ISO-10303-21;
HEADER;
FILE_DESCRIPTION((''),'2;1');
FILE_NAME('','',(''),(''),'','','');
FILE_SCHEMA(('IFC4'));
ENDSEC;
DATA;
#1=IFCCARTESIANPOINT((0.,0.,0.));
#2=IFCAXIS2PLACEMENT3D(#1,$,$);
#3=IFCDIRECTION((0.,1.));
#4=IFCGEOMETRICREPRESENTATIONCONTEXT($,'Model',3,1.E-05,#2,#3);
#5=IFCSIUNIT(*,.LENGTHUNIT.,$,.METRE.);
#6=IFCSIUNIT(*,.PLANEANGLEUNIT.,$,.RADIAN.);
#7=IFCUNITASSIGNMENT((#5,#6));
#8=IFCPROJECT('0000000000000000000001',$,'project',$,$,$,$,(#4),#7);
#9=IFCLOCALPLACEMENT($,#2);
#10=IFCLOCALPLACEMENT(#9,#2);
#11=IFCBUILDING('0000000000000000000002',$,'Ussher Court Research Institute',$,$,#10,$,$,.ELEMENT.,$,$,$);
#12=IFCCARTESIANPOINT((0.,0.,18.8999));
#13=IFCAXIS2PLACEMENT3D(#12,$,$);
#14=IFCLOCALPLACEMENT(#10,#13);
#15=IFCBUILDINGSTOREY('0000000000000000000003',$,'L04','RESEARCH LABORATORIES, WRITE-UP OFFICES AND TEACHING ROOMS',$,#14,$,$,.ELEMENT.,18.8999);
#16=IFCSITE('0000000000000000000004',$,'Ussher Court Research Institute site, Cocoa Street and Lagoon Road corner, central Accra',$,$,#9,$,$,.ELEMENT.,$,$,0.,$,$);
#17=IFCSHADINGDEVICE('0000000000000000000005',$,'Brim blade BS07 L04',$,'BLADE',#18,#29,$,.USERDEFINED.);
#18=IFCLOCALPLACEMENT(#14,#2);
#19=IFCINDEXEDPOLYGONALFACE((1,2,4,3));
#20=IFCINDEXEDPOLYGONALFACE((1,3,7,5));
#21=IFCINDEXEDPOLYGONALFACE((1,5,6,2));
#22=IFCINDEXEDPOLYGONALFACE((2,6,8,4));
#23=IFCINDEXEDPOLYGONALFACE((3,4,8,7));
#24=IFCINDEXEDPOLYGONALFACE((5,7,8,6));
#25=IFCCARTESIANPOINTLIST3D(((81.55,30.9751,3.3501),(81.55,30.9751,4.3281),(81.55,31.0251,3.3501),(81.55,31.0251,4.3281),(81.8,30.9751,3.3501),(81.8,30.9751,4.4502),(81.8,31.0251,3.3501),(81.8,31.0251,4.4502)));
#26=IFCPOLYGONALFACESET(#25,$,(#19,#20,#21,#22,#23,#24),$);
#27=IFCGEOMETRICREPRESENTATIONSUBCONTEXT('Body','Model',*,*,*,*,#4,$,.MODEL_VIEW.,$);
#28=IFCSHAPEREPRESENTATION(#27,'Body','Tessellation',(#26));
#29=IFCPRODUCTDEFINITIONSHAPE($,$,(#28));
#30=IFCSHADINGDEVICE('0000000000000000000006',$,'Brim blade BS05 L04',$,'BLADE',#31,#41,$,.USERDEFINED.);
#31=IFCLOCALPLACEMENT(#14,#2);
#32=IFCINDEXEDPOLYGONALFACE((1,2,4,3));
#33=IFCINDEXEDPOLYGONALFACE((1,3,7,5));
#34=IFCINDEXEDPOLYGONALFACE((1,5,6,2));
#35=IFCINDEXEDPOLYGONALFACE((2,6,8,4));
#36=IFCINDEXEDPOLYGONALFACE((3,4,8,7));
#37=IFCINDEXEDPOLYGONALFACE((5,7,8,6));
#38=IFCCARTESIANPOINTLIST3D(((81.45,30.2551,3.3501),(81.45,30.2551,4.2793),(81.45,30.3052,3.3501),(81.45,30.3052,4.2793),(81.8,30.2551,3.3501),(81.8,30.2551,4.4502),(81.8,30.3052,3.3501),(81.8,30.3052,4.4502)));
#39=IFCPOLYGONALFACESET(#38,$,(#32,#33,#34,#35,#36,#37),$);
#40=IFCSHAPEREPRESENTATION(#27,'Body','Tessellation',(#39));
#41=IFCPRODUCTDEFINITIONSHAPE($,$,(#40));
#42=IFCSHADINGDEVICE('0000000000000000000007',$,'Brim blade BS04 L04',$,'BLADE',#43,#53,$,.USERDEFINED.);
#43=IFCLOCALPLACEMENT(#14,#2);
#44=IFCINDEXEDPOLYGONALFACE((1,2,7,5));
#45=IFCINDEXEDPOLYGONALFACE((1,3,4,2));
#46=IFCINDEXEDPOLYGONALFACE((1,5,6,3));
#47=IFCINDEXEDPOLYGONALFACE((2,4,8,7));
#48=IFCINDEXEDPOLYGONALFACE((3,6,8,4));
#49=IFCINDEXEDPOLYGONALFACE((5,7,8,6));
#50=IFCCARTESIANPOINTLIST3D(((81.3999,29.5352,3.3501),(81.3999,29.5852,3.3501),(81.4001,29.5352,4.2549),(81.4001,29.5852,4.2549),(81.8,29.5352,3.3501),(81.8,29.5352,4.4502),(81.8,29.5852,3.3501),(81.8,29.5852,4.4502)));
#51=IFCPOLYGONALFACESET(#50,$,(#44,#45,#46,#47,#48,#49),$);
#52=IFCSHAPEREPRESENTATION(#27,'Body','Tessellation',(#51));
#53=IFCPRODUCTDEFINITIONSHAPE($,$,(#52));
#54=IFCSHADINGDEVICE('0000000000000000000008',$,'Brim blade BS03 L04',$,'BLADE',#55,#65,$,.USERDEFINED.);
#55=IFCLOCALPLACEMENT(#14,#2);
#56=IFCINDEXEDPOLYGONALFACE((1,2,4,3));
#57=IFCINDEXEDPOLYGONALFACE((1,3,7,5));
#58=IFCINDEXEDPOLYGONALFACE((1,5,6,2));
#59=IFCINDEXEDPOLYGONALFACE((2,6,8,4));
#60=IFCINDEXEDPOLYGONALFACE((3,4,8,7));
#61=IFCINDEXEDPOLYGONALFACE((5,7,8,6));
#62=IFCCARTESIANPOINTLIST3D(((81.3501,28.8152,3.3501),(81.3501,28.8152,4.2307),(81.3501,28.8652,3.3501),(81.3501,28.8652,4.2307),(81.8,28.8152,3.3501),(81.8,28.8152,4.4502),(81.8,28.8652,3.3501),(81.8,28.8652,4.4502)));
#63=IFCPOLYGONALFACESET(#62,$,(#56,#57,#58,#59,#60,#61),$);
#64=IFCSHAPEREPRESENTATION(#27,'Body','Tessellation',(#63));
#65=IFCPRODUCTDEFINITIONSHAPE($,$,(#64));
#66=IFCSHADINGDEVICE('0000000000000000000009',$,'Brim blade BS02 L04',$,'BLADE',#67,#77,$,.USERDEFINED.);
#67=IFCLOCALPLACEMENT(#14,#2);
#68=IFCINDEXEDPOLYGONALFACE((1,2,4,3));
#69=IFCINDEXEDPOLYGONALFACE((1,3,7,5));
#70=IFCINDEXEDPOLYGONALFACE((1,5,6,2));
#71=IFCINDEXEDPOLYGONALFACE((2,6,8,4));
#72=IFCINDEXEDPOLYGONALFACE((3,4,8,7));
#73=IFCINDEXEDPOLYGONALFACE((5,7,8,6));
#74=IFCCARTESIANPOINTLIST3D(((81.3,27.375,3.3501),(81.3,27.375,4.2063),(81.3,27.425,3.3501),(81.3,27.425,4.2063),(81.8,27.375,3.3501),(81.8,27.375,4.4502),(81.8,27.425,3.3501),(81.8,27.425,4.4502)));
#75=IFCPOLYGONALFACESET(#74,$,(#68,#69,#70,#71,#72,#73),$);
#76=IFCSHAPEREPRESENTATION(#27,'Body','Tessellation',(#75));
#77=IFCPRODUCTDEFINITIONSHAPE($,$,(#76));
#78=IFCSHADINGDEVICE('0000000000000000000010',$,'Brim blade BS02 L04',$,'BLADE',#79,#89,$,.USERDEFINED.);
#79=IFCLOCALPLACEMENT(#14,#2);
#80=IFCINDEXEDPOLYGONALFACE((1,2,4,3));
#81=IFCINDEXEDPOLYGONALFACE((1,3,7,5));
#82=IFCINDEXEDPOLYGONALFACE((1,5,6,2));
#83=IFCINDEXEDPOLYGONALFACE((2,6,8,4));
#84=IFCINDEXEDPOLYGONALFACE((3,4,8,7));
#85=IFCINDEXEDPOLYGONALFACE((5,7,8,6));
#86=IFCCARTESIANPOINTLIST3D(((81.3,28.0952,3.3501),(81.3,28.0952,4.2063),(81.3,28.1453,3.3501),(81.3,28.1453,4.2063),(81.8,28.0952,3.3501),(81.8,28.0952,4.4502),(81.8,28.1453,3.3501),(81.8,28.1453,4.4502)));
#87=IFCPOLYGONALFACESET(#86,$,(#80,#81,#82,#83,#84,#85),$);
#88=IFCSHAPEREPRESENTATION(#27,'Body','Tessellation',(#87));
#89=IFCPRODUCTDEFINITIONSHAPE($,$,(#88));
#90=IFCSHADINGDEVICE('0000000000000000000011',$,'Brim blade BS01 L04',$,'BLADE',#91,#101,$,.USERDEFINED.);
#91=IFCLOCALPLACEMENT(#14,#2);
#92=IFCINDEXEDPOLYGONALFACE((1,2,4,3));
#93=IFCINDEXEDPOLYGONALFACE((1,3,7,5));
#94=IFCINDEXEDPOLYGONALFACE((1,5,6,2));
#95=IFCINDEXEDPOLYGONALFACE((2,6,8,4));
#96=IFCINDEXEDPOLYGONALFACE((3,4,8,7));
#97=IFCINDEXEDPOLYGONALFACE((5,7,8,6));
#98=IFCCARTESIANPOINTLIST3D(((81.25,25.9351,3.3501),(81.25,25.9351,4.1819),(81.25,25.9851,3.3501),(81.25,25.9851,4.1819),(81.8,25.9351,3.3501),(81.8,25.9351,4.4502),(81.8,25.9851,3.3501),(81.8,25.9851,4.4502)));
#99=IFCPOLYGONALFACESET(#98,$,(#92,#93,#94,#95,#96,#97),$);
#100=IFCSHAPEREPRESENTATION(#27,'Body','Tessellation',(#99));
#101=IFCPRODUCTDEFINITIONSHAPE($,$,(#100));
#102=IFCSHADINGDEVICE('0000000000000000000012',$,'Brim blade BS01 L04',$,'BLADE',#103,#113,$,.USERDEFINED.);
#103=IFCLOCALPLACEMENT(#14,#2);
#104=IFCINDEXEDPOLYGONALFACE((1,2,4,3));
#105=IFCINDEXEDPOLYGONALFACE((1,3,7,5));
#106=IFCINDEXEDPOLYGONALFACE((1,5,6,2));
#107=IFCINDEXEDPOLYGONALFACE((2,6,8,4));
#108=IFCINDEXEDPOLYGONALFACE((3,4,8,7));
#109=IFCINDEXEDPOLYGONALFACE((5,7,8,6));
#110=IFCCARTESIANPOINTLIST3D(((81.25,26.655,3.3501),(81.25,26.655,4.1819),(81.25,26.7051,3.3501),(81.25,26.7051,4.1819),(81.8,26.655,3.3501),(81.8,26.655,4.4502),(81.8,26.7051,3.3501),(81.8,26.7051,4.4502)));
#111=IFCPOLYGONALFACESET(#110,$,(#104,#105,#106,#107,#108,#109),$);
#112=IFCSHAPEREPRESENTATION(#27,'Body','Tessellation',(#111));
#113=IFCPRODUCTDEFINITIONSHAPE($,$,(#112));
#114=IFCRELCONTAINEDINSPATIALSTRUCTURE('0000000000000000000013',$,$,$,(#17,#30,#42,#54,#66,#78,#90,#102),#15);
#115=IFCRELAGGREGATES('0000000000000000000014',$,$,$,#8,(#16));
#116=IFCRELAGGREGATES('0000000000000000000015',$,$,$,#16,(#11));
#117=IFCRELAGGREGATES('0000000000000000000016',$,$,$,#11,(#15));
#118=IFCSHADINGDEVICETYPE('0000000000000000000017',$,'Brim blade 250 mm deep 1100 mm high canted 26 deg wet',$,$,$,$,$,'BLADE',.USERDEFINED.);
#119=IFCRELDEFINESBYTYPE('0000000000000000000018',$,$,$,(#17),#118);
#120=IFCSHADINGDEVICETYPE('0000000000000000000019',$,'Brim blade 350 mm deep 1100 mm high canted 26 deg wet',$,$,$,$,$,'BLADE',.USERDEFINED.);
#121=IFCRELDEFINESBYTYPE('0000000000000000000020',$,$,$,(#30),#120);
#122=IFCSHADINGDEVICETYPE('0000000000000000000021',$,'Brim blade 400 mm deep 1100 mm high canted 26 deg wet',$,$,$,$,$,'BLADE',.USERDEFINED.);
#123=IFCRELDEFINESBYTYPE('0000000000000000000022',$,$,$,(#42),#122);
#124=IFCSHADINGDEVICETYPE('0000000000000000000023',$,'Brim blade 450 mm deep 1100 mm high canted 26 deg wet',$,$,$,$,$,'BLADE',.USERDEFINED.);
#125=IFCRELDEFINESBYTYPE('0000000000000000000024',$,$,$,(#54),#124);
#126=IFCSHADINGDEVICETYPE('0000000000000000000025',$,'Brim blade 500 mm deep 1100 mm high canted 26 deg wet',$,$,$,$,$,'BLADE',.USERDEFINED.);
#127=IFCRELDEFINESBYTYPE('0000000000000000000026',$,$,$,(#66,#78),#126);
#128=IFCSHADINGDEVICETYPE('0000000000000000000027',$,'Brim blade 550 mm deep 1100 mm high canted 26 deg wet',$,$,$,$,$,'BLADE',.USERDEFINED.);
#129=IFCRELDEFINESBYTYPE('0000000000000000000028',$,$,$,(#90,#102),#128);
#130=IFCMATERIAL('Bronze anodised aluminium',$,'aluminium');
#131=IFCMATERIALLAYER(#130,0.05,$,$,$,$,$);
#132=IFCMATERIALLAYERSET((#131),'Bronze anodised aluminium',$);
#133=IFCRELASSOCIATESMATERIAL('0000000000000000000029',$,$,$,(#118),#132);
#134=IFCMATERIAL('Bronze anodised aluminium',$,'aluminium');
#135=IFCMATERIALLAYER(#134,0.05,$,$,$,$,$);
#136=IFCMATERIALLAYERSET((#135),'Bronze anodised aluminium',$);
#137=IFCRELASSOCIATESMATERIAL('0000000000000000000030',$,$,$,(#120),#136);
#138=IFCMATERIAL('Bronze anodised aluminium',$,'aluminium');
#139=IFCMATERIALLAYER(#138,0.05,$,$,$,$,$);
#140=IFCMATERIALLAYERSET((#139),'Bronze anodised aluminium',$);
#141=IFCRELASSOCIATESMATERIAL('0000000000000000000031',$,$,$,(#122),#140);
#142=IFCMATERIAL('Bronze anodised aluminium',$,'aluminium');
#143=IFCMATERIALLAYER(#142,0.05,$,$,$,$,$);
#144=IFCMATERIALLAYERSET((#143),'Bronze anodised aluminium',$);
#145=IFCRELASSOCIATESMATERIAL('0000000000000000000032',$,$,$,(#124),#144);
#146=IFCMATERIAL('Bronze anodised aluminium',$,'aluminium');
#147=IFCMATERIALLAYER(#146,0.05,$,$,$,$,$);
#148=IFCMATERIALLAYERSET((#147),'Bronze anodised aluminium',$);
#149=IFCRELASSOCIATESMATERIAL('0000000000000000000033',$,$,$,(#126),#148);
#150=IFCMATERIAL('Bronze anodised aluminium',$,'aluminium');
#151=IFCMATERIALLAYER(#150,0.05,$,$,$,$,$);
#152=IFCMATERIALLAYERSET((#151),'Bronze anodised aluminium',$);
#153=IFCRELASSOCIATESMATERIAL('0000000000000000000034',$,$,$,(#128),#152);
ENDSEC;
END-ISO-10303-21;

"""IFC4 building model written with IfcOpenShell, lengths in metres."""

from ifc_helpers import new_model, si_unit, direction, frame, origin, place, context, subcontext, project, spatial, polyline, outline, extrude, material, layer, layer_set, type_object, element, save


model = new_model("IFC4")

# Units and contexts
model_context = context("Model", 3, precision=1e-05, world=origin(), true_north=direction((0.0, 1.0)))
body_context = subcontext(model_context, "Body", "Model", "MODEL_VIEW")
ifc_project = project(units=[si_unit("LENGTHUNIT", "METRE"), si_unit("PLANEANGLEUNIT", "RADIAN")], contexts=[model_context])

# Site, building, storey
site_placement = place(None, origin())
site = spatial("IfcSite", under=ifc_project, at=site_placement, Name="Ussher Court Research Institute site, Cocoa Street and Lagoon Road corner, central Accra", CompositionType="ELEMENT", RefElevation=0.0)
building_placement = place(site_placement, origin())
building = spatial("IfcBuilding", under=site, at=building_placement, Name="Ussher Court Research Institute", CompositionType="ELEMENT")
storey_placement = place(building_placement, frame((0.0, 0.0, 18.8999)))
storey = spatial("IfcBuildingStorey", under=building, at=storey_placement, Name="L04", Description="RESEARCH LABORATORIES, WRITE-UP OFFICES AND TEACHING ROOMS", CompositionType="ELEMENT", Elevation=18.8999)

# Shading devices
ifc_material_1 = material(Name="Bronze anodised aluminium", Category="aluminium")
ifc_layer_1 = layer(ifc_material_1, 0.05)
ifc_layer_set_1 = layer_set([ifc_layer_1], Name="Bronze anodised aluminium")
shading_device_type_1 = type_object("IfcShadingDeviceType", Name="Brim blade 250 mm deep 1100 mm high canted 26 deg wet", ElementType="BLADE", PredefinedType="USERDEFINED", material=ifc_layer_set_1)
shading_device_1_placement = place(storey_placement, frame((81.8, 31.0, 3.3501), z_axis=(0.0, 0.0, 1.0), x_axis=(-1.0, 0.0, 0.0)))
element("IfcShadingDevice", 1, at=shading_device_1_placement, inside=storey, type_object=shading_device_type_1, Name="Brim blade BS07 L04", ObjectType="BLADE", PredefinedType="USERDEFINED", context=body_context, shape_type="SweptSolid", body=[
    extrude(outline(polyline([(0.0, 0.0), (0.25, 0.0), (0.25, 0.978), (0.0, 1.1001), (0.0, 0.0)])), frame((0.0, 0.0249, 0.0), z_axis=(0.0, -1.0, 0.0), x_axis=(1.0, 0.0, 0.0)), (0.0, 0.0, 1.0), 0.05),
])
ifc_material_2 = material(Name="Bronze anodised aluminium", Category="aluminium")
ifc_layer_2 = layer(ifc_material_2, 0.05)
ifc_layer_set_2 = layer_set([ifc_layer_2], Name="Bronze anodised aluminium")
shading_device_type_2 = type_object("IfcShadingDeviceType", Name="Brim blade 350 mm deep 1100 mm high canted 26 deg wet", ElementType="BLADE", PredefinedType="USERDEFINED", material=ifc_layer_set_2)
shading_device_2_placement = place(storey_placement, frame((81.8, 30.28, 3.3501), z_axis=(0.0, 0.0, 1.0), x_axis=(-1.0, 0.0, 0.0)))
element("IfcShadingDevice", 2, at=shading_device_2_placement, inside=storey, type_object=shading_device_type_2, Name="Brim blade BS05 L04", ObjectType="BLADE", PredefinedType="USERDEFINED", context=body_context, shape_type="SweptSolid", body=[
    extrude(outline(polyline([(0.0, 0.0), (0.3501, 0.0), (0.3501, 0.9292), (0.0, 1.1001), (0.0, 0.0)])), frame((0.0, 0.0249, 0.0), z_axis=(0.0, -1.0, 0.0), x_axis=(1.0, 0.0, 0.0)), (0.0, 0.0, 1.0), 0.05),
])
ifc_material_3 = material(Name="Bronze anodised aluminium", Category="aluminium")
ifc_layer_3 = layer(ifc_material_3, 0.05)
ifc_layer_set_3 = layer_set([ifc_layer_3], Name="Bronze anodised aluminium")
shading_device_type_3 = type_object("IfcShadingDeviceType", Name="Brim blade 400 mm deep 1100 mm high canted 26 deg wet", ElementType="BLADE", PredefinedType="USERDEFINED", material=ifc_layer_set_3)
shading_device_3_placement = place(storey_placement, frame((81.8, 29.5601, 3.3501), z_axis=(0.0, 0.0, 1.0), x_axis=(-1.0, 0.0, 0.0)))
element("IfcShadingDevice", 3, at=shading_device_3_placement, inside=storey, type_object=shading_device_type_3, Name="Brim blade BS04 L04", ObjectType="BLADE", PredefinedType="USERDEFINED", context=body_context, shape_type="SweptSolid", body=[
    extrude(outline(polyline([(0.0, 0.0), (0.4001, 0.0), (0.3999, 0.9048), (0.0, 1.1001), (0.0, 0.0)])), frame((0.0, 0.0249, 0.0), z_axis=(0.0, -1.0, 0.0), x_axis=(1.0, 0.0, 0.0)), (0.0, 0.0, 1.0), 0.05),
])
ifc_material_4 = material(Name="Bronze anodised aluminium", Category="aluminium")
ifc_layer_4 = layer(ifc_material_4, 0.05)
ifc_layer_set_4 = layer_set([ifc_layer_4], Name="Bronze anodised aluminium")
shading_device_type_4 = type_object("IfcShadingDeviceType", Name="Brim blade 450 mm deep 1100 mm high canted 26 deg wet", ElementType="BLADE", PredefinedType="USERDEFINED", material=ifc_layer_set_4)
shading_device_4_placement = place(storey_placement, frame((81.8, 28.8401, 3.3501), z_axis=(0.0, 0.0, 1.0), x_axis=(-1.0, 0.0, 0.0)))
element("IfcShadingDevice", 4, at=shading_device_4_placement, inside=storey, type_object=shading_device_type_4, Name="Brim blade BS03 L04", ObjectType="BLADE", PredefinedType="USERDEFINED", context=body_context, shape_type="SweptSolid", body=[
    extrude(outline(polyline([(0.0, 0.0), (0.45, 0.0), (0.45, 0.8806), (0.0, 1.1001), (0.0, 0.0)])), frame((0.0, 0.0249, 0.0), z_axis=(0.0, -1.0, 0.0), x_axis=(1.0, 0.0, 0.0)), (0.0, 0.0, 1.0), 0.05),
])
ifc_material_5 = material(Name="Bronze anodised aluminium", Category="aluminium")
ifc_layer_5 = layer(ifc_material_5, 0.05)
ifc_layer_set_5 = layer_set([ifc_layer_5], Name="Bronze anodised aluminium")
shading_device_type_5 = type_object("IfcShadingDeviceType", Name="Brim blade 500 mm deep 1100 mm high canted 26 deg wet", ElementType="BLADE", PredefinedType="USERDEFINED", material=ifc_layer_set_5)
for number, where, z_axis, x_axis, name in (
    (5, (81.8, 27.3999, 3.3501), (0.0, 0.0, 1.0), (-1.0, 0.0, 0.0), "Brim blade BS02 L04"),
    (6, (81.8, 28.1201, 3.3501), (0.0, 0.0, 1.0), (-1.0, 0.0, 0.0), "Brim blade BS02 L04"),
):
    element("IfcShadingDevice", number, at=place(storey_placement, frame(where, z_axis=z_axis, x_axis=x_axis)), inside=storey, type_object=shading_device_type_5, Name=name, ObjectType="BLADE", PredefinedType="USERDEFINED", context=body_context, shape_type="SweptSolid", body=[
        extrude(outline(polyline([(0.0, 0.0), (0.5, 0.0), (0.5, 0.8562), (0.0, 1.1001), (0.0, 0.0)])), frame((0.0, 0.0249, 0.0), z_axis=(0.0, -1.0, 0.0), x_axis=(1.0, 0.0, 0.0)), (0.0, 0.0, 1.0), 0.05),
    ])
ifc_material_6 = material(Name="Bronze anodised aluminium", Category="aluminium")
ifc_layer_6 = layer(ifc_material_6, 0.05)
ifc_layer_set_6 = layer_set([ifc_layer_6], Name="Bronze anodised aluminium")
shading_device_type_6 = type_object("IfcShadingDeviceType", Name="Brim blade 550 mm deep 1100 mm high canted 26 deg wet", ElementType="BLADE", PredefinedType="USERDEFINED", material=ifc_layer_set_6)
for number, where, z_axis, x_axis, name in (
    (7, (81.8, 25.96, 3.3501), (0.0, 0.0, 1.0), (-1.0, 0.0, 0.0), "Brim blade BS01 L04"),
    (8, (81.8, 26.6799, 3.3501), (0.0, 0.0, 1.0), (-1.0, 0.0, 0.0), "Brim blade BS01 L04"),
):
    element("IfcShadingDevice", number, at=place(storey_placement, frame(where, z_axis=z_axis, x_axis=x_axis)), inside=storey, type_object=shading_device_type_6, Name=name, ObjectType="BLADE", PredefinedType="USERDEFINED", context=body_context, shape_type="SweptSolid", body=[
        extrude(outline(polyline([(0.0, 0.0), (0.55, 0.0), (0.55, 0.8318), (0.0, 1.1001), (0.0, 0.0)])), frame((0.0, 0.0249, 0.0), z_axis=(0.0, -1.0, 0.0), x_axis=(1.0, 0.0, 0.0)), (0.0, 0.0, 1.0), 0.05),
    ])

save(model, "model.ifc")
